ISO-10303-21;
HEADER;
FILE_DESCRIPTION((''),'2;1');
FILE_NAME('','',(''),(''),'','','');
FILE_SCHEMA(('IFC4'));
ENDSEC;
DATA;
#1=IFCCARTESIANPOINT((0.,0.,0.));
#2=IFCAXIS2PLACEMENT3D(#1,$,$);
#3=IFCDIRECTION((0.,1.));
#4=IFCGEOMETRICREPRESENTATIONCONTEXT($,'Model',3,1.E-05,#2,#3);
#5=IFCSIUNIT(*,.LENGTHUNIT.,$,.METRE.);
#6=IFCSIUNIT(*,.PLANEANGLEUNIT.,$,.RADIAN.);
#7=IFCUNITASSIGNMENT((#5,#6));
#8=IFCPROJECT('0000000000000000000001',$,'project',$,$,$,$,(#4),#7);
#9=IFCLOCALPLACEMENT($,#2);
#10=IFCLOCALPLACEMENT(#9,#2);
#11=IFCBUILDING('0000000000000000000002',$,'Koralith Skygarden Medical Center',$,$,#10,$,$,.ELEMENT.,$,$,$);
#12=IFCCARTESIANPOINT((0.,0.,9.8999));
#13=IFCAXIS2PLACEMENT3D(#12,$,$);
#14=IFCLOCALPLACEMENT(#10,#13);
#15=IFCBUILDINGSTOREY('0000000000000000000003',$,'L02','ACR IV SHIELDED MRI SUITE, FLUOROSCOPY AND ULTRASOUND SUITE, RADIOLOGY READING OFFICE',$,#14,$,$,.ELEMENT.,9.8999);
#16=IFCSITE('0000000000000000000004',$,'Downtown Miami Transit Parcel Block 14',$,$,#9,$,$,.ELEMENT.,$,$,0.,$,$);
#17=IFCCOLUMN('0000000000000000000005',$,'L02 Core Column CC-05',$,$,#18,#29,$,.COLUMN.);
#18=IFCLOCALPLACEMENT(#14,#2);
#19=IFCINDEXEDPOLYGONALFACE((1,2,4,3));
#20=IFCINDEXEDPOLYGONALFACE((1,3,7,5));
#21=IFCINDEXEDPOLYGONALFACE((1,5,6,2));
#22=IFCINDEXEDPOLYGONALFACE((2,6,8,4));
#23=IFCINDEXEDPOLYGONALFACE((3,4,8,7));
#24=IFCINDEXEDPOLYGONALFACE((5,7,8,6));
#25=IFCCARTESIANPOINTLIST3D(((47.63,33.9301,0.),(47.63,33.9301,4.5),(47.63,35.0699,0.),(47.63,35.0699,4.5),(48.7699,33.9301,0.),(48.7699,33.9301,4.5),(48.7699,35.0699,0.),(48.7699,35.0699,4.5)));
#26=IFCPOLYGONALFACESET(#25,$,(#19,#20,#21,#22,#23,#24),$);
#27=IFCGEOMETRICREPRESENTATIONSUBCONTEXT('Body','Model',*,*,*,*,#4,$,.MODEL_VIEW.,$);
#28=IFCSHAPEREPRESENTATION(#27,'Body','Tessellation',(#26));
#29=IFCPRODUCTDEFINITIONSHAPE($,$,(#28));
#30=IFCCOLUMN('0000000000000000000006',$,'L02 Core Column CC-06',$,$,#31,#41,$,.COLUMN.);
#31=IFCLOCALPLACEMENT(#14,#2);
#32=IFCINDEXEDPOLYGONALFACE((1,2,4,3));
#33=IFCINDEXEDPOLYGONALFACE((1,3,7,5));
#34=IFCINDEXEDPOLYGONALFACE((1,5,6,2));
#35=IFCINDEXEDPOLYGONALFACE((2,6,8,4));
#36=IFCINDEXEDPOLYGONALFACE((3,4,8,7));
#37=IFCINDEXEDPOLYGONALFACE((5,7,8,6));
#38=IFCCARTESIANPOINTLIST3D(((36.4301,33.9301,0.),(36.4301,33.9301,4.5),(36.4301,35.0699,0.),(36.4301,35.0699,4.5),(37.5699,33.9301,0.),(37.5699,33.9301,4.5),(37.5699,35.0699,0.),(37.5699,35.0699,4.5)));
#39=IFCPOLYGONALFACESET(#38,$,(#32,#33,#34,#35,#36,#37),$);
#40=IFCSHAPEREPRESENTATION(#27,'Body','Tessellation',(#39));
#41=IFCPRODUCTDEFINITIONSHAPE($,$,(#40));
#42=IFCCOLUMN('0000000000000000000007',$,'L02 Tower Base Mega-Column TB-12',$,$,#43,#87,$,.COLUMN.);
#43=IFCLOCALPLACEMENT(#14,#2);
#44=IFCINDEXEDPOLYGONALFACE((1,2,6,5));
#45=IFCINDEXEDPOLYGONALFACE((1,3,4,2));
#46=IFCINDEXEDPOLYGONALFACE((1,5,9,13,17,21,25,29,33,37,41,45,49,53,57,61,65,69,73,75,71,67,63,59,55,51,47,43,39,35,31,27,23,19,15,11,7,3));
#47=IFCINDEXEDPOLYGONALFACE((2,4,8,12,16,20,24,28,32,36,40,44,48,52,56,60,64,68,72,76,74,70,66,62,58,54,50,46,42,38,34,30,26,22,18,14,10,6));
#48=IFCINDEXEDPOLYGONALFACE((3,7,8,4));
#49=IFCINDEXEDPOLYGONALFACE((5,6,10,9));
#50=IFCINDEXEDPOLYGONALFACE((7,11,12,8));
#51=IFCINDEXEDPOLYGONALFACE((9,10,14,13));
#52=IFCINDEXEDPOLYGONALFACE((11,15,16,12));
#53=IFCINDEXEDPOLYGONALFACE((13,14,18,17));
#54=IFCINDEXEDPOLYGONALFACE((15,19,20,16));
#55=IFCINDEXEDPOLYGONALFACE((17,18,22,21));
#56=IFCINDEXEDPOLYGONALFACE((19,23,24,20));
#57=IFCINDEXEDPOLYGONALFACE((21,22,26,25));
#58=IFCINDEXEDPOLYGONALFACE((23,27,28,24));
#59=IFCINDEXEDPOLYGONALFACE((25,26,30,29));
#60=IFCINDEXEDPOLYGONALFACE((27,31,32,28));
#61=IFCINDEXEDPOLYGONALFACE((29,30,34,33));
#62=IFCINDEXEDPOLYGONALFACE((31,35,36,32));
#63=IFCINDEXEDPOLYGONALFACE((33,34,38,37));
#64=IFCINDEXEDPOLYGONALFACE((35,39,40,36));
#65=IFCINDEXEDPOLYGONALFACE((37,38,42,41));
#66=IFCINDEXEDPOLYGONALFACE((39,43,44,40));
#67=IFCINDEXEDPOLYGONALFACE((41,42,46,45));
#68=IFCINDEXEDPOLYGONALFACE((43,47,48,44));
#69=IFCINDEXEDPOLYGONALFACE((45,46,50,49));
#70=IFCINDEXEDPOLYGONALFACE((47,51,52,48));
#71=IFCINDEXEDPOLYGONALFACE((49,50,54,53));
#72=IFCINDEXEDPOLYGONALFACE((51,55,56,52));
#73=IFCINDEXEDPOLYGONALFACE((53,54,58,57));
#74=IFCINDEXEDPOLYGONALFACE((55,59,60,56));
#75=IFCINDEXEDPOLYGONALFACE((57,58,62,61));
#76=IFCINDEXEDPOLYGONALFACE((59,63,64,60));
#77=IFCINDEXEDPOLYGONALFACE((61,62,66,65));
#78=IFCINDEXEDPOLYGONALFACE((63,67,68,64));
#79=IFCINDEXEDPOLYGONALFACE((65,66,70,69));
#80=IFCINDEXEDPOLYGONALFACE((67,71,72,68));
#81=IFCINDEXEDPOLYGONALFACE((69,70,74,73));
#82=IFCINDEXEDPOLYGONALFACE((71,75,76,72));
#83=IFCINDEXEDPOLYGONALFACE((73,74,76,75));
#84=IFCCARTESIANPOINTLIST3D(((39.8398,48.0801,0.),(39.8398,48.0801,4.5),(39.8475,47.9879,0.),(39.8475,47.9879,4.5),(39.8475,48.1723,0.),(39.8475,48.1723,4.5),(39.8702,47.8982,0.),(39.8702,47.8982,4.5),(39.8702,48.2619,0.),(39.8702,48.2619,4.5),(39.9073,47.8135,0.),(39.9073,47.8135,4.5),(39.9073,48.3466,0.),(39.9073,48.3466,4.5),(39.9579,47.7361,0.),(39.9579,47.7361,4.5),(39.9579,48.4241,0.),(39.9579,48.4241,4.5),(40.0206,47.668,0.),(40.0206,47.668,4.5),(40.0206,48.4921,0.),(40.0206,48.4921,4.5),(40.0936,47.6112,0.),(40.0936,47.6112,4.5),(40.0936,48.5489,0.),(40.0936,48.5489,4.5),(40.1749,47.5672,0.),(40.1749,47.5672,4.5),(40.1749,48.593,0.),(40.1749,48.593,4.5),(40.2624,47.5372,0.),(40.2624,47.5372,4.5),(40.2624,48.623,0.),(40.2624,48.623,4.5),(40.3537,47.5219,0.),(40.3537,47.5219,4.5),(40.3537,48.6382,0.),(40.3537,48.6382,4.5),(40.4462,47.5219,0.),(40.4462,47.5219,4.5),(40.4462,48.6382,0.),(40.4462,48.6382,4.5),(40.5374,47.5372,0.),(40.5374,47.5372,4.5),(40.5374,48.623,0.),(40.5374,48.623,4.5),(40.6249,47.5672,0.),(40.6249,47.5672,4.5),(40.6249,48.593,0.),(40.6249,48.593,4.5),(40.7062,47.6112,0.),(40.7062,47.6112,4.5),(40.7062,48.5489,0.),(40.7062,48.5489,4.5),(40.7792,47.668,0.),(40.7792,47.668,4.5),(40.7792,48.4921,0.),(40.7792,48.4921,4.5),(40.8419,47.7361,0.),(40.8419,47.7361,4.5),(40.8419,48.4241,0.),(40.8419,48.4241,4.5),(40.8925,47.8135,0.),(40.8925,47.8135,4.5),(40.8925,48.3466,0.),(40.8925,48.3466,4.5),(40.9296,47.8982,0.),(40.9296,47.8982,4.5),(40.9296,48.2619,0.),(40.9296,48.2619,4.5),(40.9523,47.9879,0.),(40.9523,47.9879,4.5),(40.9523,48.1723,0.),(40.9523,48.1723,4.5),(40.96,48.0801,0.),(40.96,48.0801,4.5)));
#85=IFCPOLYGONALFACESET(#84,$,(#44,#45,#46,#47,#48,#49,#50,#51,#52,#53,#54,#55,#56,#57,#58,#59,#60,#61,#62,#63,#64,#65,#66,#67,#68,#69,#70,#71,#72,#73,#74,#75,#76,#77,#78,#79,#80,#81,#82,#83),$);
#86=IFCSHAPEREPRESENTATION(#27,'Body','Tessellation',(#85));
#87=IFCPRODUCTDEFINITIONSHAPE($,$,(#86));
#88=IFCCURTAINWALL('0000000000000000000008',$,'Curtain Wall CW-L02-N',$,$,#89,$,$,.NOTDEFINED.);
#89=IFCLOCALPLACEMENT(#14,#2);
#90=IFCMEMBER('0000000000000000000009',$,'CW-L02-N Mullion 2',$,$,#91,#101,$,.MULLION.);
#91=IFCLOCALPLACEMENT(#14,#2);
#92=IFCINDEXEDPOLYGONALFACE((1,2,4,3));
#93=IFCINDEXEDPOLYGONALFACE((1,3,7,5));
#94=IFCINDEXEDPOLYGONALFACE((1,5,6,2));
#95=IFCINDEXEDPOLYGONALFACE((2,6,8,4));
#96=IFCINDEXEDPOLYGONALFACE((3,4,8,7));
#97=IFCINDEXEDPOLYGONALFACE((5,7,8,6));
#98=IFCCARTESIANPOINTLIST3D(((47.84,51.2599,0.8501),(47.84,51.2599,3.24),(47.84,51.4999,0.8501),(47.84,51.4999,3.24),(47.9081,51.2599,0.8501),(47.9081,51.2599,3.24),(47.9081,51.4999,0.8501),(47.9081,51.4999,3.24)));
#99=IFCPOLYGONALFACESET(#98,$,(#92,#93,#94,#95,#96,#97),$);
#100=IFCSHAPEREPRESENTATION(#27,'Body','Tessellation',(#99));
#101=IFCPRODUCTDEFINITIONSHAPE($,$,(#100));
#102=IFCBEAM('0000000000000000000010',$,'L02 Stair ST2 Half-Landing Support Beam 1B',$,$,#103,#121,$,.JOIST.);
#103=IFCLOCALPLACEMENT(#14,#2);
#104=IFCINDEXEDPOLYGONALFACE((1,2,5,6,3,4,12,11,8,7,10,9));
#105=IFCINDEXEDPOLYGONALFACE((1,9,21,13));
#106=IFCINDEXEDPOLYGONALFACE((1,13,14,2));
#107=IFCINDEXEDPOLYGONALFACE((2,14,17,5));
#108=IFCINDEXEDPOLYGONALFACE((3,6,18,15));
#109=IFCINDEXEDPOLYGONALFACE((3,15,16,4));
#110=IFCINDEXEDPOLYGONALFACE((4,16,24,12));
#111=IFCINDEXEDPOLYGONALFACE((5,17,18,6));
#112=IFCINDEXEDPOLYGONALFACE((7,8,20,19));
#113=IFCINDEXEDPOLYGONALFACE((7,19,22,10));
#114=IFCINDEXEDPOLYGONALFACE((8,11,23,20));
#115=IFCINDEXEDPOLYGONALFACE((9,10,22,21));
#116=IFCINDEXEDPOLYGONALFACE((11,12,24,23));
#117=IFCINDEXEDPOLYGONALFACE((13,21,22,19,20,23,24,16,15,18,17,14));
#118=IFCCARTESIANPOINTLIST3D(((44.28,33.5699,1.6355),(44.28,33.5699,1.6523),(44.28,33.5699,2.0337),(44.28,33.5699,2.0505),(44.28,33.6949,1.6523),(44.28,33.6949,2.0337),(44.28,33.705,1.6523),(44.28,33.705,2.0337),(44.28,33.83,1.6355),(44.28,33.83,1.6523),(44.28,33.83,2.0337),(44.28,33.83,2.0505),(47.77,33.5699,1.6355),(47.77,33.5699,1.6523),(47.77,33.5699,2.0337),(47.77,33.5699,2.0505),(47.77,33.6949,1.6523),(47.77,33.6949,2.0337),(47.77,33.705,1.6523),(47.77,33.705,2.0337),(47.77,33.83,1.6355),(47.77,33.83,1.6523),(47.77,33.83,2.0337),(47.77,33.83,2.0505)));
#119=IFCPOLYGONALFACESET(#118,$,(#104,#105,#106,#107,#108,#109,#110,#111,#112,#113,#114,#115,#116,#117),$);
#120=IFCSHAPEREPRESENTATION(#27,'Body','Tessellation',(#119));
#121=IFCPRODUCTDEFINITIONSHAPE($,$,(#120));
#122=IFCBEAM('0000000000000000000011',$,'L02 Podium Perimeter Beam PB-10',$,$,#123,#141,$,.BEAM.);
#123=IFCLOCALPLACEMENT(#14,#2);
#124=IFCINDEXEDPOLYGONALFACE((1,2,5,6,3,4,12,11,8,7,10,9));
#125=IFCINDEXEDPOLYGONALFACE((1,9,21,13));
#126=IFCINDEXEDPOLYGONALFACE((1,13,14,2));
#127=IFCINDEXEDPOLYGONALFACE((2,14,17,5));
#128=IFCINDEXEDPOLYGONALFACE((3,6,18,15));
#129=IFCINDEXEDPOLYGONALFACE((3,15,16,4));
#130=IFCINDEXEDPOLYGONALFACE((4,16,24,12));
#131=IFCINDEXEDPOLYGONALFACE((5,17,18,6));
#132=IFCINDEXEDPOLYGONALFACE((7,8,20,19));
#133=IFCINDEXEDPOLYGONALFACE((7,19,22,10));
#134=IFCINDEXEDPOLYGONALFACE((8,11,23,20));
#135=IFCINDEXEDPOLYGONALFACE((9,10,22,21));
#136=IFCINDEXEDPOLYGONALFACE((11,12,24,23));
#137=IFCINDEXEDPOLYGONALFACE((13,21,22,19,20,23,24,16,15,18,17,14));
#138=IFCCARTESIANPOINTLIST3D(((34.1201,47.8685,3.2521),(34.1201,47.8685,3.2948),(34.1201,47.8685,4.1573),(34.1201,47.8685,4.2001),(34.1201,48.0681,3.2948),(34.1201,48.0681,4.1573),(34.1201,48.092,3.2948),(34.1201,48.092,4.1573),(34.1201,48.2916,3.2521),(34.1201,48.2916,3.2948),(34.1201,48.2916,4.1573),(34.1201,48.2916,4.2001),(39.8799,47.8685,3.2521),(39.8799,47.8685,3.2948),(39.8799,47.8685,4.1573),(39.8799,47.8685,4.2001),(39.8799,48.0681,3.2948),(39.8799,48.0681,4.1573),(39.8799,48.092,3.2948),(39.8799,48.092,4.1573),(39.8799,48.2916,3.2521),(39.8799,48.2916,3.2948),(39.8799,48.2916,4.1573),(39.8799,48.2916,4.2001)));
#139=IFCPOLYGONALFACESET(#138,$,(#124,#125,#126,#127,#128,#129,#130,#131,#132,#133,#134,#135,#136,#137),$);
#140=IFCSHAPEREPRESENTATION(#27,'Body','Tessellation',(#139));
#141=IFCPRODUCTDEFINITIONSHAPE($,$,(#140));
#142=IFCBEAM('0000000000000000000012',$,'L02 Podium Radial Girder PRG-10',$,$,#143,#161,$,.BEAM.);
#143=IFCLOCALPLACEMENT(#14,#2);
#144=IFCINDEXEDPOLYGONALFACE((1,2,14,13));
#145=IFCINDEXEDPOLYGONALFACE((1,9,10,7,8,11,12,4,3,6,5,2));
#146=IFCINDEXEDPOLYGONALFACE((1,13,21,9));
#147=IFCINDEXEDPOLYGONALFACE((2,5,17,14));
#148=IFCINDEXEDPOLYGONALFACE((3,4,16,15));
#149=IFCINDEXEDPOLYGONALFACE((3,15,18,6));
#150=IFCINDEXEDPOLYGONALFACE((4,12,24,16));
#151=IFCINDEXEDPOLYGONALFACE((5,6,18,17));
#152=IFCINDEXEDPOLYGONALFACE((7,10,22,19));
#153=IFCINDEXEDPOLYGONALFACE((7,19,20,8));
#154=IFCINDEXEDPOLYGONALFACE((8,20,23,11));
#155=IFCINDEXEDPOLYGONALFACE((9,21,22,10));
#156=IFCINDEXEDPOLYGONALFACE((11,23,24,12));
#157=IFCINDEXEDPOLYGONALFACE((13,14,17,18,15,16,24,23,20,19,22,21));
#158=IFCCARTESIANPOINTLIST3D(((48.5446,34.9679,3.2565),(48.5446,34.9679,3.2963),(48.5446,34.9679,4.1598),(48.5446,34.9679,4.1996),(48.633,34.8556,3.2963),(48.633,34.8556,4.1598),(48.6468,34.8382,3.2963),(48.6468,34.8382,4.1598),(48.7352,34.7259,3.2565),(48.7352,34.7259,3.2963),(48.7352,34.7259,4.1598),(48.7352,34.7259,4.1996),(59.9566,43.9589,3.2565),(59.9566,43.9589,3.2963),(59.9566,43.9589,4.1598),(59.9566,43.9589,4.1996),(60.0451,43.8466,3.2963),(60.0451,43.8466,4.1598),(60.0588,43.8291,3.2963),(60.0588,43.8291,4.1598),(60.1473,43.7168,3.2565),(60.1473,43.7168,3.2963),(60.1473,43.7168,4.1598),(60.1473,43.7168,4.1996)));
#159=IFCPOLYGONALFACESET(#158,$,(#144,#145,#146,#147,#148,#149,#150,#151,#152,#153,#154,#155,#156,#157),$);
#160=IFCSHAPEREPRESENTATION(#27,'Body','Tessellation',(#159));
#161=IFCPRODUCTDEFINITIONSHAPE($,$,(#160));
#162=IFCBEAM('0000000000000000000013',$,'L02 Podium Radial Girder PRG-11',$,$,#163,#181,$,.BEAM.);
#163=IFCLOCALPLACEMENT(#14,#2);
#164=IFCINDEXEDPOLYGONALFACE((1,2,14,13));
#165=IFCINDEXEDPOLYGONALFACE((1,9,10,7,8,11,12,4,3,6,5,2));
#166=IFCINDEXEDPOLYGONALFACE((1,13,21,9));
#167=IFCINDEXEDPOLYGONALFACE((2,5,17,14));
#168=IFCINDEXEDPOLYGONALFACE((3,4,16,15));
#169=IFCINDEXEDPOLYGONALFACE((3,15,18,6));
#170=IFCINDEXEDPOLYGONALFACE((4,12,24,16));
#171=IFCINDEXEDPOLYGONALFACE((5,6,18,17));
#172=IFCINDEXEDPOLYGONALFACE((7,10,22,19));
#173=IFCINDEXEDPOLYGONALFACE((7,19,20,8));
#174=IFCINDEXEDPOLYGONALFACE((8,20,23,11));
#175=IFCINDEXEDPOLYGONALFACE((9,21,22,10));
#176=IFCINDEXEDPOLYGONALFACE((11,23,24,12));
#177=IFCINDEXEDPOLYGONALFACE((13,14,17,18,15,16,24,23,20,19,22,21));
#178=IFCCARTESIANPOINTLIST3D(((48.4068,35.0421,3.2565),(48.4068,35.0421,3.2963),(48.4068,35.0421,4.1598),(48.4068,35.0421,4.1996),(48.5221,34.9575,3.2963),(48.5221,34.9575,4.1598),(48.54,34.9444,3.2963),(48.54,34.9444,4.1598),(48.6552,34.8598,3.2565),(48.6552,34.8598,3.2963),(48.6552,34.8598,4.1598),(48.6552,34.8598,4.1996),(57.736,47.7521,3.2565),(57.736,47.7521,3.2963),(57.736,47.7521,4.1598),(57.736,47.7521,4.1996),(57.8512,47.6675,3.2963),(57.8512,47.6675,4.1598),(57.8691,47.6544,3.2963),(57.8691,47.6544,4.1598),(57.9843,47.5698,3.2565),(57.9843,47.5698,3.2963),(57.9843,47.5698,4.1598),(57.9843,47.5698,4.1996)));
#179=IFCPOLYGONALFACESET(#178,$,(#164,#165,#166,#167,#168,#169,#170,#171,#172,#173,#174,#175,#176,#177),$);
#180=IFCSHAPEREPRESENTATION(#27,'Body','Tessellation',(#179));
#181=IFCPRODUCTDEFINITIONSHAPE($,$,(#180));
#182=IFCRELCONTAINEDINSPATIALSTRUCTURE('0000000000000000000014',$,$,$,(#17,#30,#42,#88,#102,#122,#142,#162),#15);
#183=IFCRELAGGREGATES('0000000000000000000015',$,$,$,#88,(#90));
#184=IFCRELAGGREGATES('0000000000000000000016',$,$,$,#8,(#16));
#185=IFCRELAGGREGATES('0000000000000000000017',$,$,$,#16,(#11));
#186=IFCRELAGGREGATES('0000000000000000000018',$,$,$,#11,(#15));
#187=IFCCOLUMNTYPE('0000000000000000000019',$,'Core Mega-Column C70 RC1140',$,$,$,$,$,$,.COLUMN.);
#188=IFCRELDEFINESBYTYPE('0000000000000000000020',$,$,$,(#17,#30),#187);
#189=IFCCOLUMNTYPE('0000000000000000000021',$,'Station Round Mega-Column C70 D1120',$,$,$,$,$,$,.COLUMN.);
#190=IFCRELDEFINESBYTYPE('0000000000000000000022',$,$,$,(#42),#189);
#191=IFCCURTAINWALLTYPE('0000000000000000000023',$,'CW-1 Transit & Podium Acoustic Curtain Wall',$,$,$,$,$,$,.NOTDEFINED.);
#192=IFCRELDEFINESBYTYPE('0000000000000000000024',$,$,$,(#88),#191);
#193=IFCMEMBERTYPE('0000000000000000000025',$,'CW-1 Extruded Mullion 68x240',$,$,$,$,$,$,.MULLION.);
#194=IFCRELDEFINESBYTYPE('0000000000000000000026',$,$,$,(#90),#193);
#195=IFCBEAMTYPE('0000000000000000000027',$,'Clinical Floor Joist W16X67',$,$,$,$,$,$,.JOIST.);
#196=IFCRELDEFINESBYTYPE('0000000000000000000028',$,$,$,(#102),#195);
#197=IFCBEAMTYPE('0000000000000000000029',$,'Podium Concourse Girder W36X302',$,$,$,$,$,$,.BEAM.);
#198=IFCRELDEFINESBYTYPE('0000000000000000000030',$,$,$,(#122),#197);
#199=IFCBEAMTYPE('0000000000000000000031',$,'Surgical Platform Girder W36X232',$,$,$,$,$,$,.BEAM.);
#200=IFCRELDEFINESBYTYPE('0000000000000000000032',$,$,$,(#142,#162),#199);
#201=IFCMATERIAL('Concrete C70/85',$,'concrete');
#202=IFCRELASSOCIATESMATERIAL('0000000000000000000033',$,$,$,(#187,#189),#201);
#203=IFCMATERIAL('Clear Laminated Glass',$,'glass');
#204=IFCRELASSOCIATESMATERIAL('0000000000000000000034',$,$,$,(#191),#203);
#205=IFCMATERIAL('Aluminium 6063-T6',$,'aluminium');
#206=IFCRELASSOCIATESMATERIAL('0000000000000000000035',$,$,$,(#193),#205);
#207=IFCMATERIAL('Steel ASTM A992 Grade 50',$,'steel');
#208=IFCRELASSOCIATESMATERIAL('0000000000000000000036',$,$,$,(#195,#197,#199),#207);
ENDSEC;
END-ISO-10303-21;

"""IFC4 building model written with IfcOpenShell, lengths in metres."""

from ifc_helpers import new_model, si_unit, direction, frame, origin, origin_2d, place, context, subcontext, project, spatial, rectangle, circle, i_section, extrude, material, material_profile, profile_set, type_object, element, aggregate, save


model = new_model("IFC4")

# Units and contexts
model_context = context("Model", 3, precision=1e-05, world=origin(), true_north=direction((0.0, 1.0)))
body_context = subcontext(model_context, "Body", "Model", "MODEL_VIEW")
ifc_project = project(units=[si_unit("LENGTHUNIT", "METRE"), si_unit("PLANEANGLEUNIT", "RADIAN")], contexts=[model_context])

# Site, building, storey
site_placement = place(None, origin())
site = spatial("IfcSite", under=ifc_project, at=site_placement, Name="Downtown Miami Transit Parcel Block 14", CompositionType="ELEMENT", RefElevation=0.0)
building_placement = place(site_placement, origin())
building = spatial("IfcBuilding", under=site, at=building_placement, Name="Koralith Skygarden Medical Center", CompositionType="ELEMENT")
storey_placement = place(building_placement, frame((0.0, 0.0, 9.8999)))
storey = spatial("IfcBuildingStorey", under=building, at=storey_placement, Name="L02", Description="ACR IV SHIELDED MRI SUITE, FLUOROSCOPY AND ULTRASOUND SUITE, RADIOLOGY READING OFFICE", CompositionType="ELEMENT", Elevation=9.8999)

# Columns
ifc_material_1 = material(Name="Concrete C70/85", Category="concrete")
ifc_material_profile_1 = material_profile(ifc_material_1, rectangle(XDim=1.1399, YDim=1.1399, at=origin_2d()), Name="RC1140X1140")
ifc_profile_set_1 = profile_set([ifc_material_profile_1], Name="Concrete C70/85")
column_type_1 = type_object("IfcColumnType", Name="Core Mega-Column C70 RC1140", PredefinedType="COLUMN", material=ifc_profile_set_1)
for number, where, z_axis, x_axis, name in (
    (1, (48.2, 34.5, 0.0), (0.0, 0.0, 1.0), (1.0, 0.0, 0.0), "L02 Core Column CC-05"),
    (2, (37.0, 34.5, 0.0), (0.0, 0.0, 1.0), (1.0, 0.0, 0.0), "L02 Core Column CC-06"),
):
    element("IfcColumn", number, at=place(storey_placement, frame(where, z_axis=z_axis, x_axis=x_axis)), inside=storey, type_object=column_type_1, Name=name, PredefinedType="COLUMN", context=body_context, shape_type="SweptSolid", body=[
        extrude(rectangle(XDim=1.1399, YDim=1.1399, at=origin_2d()), origin(), (0.0, 0.0, 1.0), 4.5),
    ])
ifc_material_profile_2 = material_profile(ifc_material_1, circle(Radius=0.5601, at=origin_2d()), Name="RCCOL1120")
ifc_profile_set_2 = profile_set([ifc_material_profile_2], Name="Concrete C70/85")
column_type_2 = type_object("IfcColumnType", Name="Station Round Mega-Column C70 D1120", PredefinedType="COLUMN", material=ifc_profile_set_2)
column_placement = place(storey_placement, frame((40.3999, 48.0801, 0.0), z_axis=(0.0, 0.0, 1.0), x_axis=(1.0, 0.0, 0.0)))
element("IfcColumn", 3, at=column_placement, inside=storey, type_object=column_type_2, Name="L02 Tower Base Mega-Column TB-12", PredefinedType="COLUMN", context=body_context, shape_type="SweptSolid", body=[
    extrude(circle(Radius=0.5601, at=origin_2d()), origin(), (0.0, 0.0, 1.0), 4.5),
])

# Curtain wall, member
ifc_material_2 = material(Name="Clear Laminated Glass", Category="glass")
curtain_wall_type = type_object("IfcCurtainWallType", Name="CW-1 Transit & Podium Acoustic Curtain Wall", PredefinedType="NOTDEFINED", material=ifc_material_2)
curtain_wall_placement = place(storey_placement, origin())
curtain_wall = element("IfcCurtainWall", 4, at=curtain_wall_placement, inside=storey, type_object=curtain_wall_type, Name="Curtain Wall CW-L02-N", PredefinedType="NOTDEFINED")
ifc_material_3 = material(Name="Aluminium 6063-T6", Category="aluminium")
ifc_material_profile_3 = material_profile(ifc_material_3, rectangle(XDim=0.0681, YDim=0.24, at=origin_2d()), Name="MUL68X240")
ifc_profile_set_3 = profile_set([ifc_material_profile_3], Name="Aluminium 6063-T6")
member_type = type_object("IfcMemberType", Name="CW-1 Extruded Mullion 68x240", PredefinedType="MULLION", material=ifc_profile_set_3)
member_placement = place(storey_placement, frame((47.874, 51.3799, 0.8501), z_axis=(0.0, 0.0, 1.0), x_axis=(1.0, 0.0, 0.0)))
member = element("IfcMember", 5, at=member_placement, type_object=member_type, Name="CW-L02-N Mullion 2", PredefinedType="MULLION", context=body_context, shape_type="SweptSolid", body=[
    extrude(rectangle(XDim=0.0681, YDim=0.24, at=origin_2d()), origin(), (0.0, 0.0, 1.0), 2.3899),
])

# Beams
ifc_material_4 = material(Name="Steel ASTM A992 Grade 50", Category="steel")
ifc_material_profile_4 = material_profile(ifc_material_4, i_section(OverallWidth=0.26, OverallDepth=0.415, WebThickness=0.01, FlangeThickness=0.0168, at=origin_2d()), Name="W16X67")
ifc_profile_set_4 = profile_set([ifc_material_profile_4], Name="Steel ASTM A992 Grade 50")
beam_type_1 = type_object("IfcBeamType", Name="Clinical Floor Joist W16X67", PredefinedType="JOIST", material=ifc_profile_set_4)
beam_1_placement = place(storey_placement, frame((44.28, 33.7, 1.843), z_axis=(1.0, 0.0, 0.0), x_axis=(0.0, 1.0, 0.0)))
element("IfcBeam", 6, at=beam_1_placement, inside=storey, type_object=beam_type_1, Name="L02 Stair ST2 Half-Landing Support Beam 1B", PredefinedType="JOIST", context=body_context, shape_type="SweptSolid", body=[
    extrude(i_section(OverallWidth=0.26, OverallDepth=0.415, WebThickness=0.01, FlangeThickness=0.0168, at=origin_2d()), origin(), (0.0, 0.0, 1.0), 3.49),
])
ifc_material_profile_5 = material_profile(ifc_material_4, i_section(OverallWidth=0.4231, OverallDepth=0.948, WebThickness=0.0239, FlangeThickness=0.0427, at=origin_2d()), Name="W36X302")
ifc_profile_set_5 = profile_set([ifc_material_profile_5], Name="Steel ASTM A992 Grade 50")
beam_type_2 = type_object("IfcBeamType", Name="Podium Concourse Girder W36X302", PredefinedType="BEAM", material=ifc_profile_set_5)
beam_2_placement = place(storey_placement, frame((39.8799, 48.0801, 3.7261), z_axis=(-1.0, 0.0, 0.0), x_axis=(0.0, -1.0, 0.0)))
element("IfcBeam", 7, at=beam_2_placement, inside=storey, type_object=beam_type_2, Name="L02 Podium Perimeter Beam PB-10", PredefinedType="BEAM", context=body_context, shape_type="SweptSolid", body=[
    extrude(i_section(OverallWidth=0.4231, OverallDepth=0.948, WebThickness=0.0239, FlangeThickness=0.0427, at=origin_2d()), origin(), (0.0, 0.0, 1.0), 5.7598),
])
ifc_material_profile_6 = material_profile(ifc_material_4, i_section(OverallWidth=0.3081, OverallDepth=0.9431, WebThickness=0.0222, FlangeThickness=0.0398, at=origin_2d()), Name="W36X232")
ifc_profile_set_6 = profile_set([ifc_material_profile_6], Name="Steel ASTM A992 Grade 50")
beam_type_3 = type_object("IfcBeamType", Name="Surgical Platform Girder W36X232", PredefinedType="BEAM", material=ifc_profile_set_6)
beam_3_placement = place(storey_placement, frame((48.6399, 34.8469, 3.728), z_axis=(0.785505, 0.618856, 0.0), x_axis=(-0.618856, 0.785505, 0.0)))
element("IfcBeam", 8, at=beam_3_placement, inside=storey, type_object=beam_type_3, Name="L02 Podium Radial Girder PRG-10", PredefinedType="BEAM", context=body_context, shape_type="SweptSolid", body=[
    extrude(i_section(OverallWidth=0.3081, OverallDepth=0.9431, WebThickness=0.0222, FlangeThickness=0.0398, at=origin_2d()), origin(), (0.0, 0.0, 1.0), 14.5283),
])
beam_4_placement = place(storey_placement, frame((48.531, 34.9509, 3.728), z_axis=(0.591713, 0.806149, 0.0), x_axis=(-0.806149, 0.591713, 0.0)))
element("IfcBeam", 9, at=beam_4_placement, inside=storey, type_object=beam_type_3, Name="L02 Podium Radial Girder PRG-11", PredefinedType="BEAM", context=body_context, shape_type="SweptSolid", body=[
    extrude(i_section(OverallWidth=0.3081, OverallDepth=0.9431, WebThickness=0.0222, FlangeThickness=0.0398, at=origin_2d()), origin(), (0.0, 0.0, 1.0), 15.7664),
])

aggregate(curtain_wall, [member])

save(model, "model.ifc")
